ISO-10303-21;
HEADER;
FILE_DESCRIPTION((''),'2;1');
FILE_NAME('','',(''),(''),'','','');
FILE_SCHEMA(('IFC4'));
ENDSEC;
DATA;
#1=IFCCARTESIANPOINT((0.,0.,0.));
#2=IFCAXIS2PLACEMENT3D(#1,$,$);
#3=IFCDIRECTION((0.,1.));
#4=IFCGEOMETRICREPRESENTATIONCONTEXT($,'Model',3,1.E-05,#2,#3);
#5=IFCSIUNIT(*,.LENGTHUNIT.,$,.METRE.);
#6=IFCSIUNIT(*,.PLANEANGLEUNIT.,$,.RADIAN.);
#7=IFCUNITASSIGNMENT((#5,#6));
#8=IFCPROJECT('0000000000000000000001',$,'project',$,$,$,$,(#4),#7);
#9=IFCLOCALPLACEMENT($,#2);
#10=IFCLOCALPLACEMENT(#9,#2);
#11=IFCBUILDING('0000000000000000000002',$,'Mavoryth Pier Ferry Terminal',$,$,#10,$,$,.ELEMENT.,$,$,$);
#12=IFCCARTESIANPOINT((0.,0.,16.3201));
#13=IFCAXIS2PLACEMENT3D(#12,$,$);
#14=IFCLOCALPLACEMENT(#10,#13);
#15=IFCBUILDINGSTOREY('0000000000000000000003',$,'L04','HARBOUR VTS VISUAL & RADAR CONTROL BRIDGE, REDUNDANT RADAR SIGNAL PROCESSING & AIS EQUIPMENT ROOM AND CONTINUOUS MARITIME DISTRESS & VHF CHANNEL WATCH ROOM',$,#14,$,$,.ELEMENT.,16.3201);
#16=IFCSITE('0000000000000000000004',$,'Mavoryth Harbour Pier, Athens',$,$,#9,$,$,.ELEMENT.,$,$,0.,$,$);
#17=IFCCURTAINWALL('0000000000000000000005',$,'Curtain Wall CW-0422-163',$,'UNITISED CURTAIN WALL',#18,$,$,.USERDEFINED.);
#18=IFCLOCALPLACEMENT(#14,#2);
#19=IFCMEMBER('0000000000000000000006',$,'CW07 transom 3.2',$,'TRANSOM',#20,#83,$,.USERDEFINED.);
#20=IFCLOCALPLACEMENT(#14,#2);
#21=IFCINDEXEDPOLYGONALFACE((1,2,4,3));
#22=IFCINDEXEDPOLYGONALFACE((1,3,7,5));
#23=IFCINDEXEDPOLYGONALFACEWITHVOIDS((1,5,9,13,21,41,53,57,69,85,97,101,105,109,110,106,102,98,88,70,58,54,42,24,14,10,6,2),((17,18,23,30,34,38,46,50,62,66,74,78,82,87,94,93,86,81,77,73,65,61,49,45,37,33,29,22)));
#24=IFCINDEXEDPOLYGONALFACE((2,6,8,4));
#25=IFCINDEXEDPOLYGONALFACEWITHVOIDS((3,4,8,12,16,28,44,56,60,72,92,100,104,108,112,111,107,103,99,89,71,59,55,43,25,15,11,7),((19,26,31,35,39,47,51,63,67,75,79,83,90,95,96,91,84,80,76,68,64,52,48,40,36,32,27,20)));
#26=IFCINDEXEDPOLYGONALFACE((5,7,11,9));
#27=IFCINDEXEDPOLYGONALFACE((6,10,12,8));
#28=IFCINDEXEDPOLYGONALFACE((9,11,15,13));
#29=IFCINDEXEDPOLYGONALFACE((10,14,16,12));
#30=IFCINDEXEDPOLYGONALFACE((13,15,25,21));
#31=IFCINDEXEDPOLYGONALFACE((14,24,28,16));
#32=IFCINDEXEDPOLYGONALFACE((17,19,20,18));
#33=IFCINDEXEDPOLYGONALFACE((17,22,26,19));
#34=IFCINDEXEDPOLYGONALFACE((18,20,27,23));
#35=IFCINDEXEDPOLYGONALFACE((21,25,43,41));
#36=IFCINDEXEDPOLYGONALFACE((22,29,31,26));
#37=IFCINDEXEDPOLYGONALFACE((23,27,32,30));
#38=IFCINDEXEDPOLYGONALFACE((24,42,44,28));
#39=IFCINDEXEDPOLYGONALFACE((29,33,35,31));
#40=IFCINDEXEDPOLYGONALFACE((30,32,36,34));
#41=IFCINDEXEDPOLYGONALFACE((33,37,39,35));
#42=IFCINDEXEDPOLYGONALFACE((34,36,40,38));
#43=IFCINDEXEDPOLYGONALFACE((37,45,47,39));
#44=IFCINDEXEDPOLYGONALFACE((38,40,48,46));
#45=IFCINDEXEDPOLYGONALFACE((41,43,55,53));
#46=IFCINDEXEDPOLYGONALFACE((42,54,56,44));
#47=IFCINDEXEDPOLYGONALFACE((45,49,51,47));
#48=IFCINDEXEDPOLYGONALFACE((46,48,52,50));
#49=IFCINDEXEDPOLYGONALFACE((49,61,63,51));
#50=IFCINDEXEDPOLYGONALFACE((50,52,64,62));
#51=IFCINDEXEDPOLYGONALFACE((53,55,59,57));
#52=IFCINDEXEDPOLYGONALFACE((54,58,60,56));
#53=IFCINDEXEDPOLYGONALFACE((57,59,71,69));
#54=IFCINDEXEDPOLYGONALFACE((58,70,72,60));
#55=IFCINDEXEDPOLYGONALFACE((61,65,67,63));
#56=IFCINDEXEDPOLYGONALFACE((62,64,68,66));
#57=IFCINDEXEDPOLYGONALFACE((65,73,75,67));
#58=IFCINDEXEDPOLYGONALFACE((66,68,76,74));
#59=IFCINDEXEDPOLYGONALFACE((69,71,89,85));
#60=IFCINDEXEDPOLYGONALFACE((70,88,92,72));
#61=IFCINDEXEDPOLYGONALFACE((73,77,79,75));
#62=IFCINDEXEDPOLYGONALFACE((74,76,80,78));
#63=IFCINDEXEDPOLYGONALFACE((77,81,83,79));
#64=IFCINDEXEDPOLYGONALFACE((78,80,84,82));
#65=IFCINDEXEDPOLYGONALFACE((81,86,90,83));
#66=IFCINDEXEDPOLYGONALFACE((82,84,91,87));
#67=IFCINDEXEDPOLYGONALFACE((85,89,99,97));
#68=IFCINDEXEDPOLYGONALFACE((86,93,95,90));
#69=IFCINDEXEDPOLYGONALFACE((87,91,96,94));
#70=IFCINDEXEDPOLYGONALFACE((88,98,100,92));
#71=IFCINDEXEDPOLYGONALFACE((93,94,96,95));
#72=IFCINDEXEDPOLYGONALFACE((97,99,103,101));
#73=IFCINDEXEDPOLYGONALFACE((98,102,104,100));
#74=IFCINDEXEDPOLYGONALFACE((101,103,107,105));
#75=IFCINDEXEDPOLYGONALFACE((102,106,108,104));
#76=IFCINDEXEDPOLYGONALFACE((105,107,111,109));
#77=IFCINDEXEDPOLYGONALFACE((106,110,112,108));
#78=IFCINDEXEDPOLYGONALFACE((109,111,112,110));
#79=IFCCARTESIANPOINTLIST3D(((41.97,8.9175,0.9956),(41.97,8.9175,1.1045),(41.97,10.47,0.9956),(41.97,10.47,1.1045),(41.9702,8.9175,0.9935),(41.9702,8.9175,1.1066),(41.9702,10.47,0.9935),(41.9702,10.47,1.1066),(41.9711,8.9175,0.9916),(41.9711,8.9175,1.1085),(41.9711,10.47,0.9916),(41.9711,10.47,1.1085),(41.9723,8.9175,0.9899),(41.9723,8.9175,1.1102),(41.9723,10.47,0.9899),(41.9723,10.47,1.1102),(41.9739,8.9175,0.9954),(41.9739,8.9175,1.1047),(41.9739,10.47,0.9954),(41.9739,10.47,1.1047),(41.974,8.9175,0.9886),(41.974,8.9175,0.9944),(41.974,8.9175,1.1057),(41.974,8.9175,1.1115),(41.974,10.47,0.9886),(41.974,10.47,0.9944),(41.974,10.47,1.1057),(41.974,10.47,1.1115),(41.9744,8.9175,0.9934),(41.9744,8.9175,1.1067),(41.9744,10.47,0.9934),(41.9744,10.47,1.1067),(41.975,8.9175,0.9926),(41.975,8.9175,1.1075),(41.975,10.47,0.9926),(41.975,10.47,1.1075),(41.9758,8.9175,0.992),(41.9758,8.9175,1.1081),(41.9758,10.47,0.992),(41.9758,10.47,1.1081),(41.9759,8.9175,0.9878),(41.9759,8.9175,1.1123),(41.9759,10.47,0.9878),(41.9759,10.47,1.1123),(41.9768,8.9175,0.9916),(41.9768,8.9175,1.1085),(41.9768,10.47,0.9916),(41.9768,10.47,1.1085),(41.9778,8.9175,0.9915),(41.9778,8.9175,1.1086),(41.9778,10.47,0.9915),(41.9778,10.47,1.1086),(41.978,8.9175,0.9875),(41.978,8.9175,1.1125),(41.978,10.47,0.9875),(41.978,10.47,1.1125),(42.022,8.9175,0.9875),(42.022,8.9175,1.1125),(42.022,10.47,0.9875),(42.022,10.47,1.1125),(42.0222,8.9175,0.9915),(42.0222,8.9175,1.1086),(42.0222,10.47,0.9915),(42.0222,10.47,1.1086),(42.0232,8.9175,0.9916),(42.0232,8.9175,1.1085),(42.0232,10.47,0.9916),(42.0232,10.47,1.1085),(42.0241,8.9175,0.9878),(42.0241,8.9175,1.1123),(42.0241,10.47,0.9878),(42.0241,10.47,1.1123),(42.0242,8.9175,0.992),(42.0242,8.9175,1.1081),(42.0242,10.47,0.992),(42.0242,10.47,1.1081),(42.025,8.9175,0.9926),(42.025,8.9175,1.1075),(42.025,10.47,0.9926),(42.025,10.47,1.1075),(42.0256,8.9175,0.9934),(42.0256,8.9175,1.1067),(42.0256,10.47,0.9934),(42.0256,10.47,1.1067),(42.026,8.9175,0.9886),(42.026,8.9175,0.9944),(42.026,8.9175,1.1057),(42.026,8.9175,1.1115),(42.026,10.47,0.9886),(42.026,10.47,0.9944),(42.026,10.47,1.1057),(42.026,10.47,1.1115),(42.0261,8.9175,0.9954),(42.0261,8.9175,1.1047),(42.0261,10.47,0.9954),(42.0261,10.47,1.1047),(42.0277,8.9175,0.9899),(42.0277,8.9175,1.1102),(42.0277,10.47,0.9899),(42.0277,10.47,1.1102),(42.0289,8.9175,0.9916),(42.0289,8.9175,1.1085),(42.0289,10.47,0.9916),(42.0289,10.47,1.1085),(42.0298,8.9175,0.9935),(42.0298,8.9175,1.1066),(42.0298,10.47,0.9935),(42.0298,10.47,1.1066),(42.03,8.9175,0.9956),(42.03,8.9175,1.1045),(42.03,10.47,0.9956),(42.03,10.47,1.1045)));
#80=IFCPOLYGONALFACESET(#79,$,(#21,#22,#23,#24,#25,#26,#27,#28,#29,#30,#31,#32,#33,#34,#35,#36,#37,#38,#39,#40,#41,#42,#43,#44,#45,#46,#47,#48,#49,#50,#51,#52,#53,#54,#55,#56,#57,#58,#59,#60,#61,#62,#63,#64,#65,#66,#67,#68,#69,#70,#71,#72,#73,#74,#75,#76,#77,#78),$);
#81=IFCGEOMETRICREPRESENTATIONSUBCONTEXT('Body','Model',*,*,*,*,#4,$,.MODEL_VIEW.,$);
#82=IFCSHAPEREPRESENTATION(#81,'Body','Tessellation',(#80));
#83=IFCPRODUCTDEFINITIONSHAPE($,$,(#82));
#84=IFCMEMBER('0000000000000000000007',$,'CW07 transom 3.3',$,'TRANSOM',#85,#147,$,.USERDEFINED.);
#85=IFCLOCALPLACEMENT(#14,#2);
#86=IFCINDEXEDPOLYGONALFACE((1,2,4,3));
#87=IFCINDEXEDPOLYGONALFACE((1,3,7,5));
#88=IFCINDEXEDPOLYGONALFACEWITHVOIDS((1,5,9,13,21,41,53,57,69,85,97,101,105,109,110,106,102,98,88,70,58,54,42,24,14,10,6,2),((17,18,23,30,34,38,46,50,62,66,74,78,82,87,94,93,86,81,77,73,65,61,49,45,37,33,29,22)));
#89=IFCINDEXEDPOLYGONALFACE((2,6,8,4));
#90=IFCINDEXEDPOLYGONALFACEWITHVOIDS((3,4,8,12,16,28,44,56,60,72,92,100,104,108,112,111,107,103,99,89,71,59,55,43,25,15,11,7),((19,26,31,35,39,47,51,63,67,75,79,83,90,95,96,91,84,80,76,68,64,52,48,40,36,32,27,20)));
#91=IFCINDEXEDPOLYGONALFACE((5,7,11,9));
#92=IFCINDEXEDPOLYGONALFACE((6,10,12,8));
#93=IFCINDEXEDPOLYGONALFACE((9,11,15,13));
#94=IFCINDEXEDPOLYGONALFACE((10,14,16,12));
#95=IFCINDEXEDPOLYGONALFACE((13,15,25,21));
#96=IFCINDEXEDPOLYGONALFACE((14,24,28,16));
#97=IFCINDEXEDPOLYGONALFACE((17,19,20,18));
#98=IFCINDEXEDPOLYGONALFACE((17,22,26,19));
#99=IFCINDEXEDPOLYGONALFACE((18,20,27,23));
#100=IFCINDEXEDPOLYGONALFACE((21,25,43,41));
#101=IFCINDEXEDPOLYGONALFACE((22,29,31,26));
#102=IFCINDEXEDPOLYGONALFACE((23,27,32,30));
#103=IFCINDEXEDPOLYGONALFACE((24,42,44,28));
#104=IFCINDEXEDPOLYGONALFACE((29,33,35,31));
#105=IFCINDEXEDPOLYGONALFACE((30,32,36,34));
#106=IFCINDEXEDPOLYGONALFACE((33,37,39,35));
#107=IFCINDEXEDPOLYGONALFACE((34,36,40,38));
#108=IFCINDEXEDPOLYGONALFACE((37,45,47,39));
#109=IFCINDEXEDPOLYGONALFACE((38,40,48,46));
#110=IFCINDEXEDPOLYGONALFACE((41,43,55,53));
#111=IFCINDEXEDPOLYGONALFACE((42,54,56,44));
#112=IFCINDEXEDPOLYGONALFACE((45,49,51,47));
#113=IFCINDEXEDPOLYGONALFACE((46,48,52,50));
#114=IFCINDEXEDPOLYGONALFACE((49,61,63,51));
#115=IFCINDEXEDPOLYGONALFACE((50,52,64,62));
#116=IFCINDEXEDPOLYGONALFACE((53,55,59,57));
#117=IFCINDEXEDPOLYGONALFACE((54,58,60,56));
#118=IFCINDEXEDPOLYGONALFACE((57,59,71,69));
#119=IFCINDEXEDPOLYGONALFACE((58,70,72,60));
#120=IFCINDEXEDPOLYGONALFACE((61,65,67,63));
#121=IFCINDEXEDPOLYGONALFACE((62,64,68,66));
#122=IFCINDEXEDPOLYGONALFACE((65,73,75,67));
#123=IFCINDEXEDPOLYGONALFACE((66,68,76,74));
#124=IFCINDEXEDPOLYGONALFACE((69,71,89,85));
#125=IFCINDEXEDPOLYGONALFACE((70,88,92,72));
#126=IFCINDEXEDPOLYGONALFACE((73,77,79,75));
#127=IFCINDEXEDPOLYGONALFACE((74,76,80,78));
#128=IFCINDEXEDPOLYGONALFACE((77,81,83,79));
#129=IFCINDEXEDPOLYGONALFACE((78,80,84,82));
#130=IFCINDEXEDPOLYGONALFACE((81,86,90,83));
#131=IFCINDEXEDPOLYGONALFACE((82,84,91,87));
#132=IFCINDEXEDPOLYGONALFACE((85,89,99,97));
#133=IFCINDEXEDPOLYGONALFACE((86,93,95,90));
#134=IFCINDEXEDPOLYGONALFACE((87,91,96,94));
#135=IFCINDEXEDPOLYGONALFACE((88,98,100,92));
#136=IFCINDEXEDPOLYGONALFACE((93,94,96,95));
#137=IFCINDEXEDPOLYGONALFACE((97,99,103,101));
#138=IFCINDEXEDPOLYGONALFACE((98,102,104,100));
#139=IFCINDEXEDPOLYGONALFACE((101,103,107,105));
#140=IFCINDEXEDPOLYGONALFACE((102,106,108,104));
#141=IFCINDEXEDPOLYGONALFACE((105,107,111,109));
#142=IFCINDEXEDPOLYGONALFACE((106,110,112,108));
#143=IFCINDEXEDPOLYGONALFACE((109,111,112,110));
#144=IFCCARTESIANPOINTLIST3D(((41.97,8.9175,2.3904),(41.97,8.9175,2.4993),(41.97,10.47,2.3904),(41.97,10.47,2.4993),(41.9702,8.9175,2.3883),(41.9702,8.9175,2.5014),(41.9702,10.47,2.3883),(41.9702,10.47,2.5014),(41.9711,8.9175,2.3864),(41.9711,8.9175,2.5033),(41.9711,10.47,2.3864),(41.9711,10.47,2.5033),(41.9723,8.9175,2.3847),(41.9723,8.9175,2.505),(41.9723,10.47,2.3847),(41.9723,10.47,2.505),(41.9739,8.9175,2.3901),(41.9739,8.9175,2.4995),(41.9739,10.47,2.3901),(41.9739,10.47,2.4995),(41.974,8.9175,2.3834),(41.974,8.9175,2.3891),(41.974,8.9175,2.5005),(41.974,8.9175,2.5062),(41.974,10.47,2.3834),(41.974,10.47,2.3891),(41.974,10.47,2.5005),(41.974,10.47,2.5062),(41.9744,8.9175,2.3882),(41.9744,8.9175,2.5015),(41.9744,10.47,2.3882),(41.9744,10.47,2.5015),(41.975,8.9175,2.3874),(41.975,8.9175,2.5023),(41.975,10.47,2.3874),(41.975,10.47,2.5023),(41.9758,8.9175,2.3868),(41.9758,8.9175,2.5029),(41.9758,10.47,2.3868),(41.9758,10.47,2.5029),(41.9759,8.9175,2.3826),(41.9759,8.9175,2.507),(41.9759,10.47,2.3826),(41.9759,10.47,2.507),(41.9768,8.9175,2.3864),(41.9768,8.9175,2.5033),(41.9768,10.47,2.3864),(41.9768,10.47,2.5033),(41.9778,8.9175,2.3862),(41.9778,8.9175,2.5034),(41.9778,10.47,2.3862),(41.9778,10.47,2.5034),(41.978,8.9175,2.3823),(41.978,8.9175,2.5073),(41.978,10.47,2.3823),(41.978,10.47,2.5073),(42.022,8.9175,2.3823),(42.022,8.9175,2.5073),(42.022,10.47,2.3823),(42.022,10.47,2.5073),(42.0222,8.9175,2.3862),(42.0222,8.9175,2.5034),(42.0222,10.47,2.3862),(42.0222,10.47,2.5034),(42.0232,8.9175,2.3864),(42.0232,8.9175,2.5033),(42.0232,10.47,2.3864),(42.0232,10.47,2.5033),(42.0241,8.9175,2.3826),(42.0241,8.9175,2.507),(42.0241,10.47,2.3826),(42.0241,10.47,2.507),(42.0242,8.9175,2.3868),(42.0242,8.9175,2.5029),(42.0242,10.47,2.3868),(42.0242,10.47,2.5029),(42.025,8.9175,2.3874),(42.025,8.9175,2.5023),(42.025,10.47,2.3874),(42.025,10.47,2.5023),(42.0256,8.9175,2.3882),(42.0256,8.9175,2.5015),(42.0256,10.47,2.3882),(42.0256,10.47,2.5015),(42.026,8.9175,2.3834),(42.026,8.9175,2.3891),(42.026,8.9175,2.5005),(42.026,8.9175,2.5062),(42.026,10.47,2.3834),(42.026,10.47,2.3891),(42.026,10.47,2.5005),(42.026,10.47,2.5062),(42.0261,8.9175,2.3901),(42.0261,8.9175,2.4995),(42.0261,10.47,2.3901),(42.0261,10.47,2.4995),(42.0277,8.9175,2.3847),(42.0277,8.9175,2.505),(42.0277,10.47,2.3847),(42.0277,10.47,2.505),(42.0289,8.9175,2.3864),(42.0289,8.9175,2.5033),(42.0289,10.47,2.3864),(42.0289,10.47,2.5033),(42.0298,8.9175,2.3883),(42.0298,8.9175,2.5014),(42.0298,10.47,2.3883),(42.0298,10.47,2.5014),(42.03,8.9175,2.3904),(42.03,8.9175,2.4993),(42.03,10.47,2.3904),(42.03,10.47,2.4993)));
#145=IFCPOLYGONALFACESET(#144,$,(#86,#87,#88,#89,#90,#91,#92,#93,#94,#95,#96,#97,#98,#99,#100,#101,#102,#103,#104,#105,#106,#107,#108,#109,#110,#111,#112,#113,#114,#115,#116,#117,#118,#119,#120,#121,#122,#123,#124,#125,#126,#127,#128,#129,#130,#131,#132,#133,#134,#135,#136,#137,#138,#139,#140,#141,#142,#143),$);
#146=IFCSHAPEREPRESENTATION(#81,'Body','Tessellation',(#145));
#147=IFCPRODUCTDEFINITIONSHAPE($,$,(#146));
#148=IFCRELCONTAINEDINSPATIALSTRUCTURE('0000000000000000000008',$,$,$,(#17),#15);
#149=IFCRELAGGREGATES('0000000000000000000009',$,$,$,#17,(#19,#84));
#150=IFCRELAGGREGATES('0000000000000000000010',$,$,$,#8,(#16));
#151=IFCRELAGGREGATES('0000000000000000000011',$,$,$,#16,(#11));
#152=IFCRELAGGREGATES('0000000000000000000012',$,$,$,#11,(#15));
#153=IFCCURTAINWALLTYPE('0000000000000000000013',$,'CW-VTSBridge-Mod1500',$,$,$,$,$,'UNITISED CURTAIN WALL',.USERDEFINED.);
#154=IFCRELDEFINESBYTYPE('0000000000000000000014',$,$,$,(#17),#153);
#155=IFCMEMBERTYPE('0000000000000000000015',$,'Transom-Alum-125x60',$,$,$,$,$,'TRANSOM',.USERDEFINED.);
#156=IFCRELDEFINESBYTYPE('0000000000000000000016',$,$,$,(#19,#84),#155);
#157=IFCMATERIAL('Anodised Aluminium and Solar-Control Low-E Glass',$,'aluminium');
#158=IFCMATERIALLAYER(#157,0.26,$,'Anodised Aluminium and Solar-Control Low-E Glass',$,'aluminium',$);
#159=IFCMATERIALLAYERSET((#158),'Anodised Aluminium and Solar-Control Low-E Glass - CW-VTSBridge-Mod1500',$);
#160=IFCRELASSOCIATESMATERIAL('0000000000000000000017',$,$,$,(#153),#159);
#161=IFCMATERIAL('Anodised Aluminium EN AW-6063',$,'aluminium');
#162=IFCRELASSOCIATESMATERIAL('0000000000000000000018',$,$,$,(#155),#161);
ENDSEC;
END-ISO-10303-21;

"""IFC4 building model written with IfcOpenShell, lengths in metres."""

from ifc_helpers import new_model, si_unit, direction, frame, origin, origin_2d, place, context, subcontext, project, spatial, hollow_rectangle, extrude, material, layer, layer_set, material_profile, profile_set, type_object, element, aggregate, save


model = new_model("IFC4")

# Units and contexts
model_context = context("Model", 3, precision=1e-05, world=origin(), true_north=direction((0.0, 1.0)))
body_context = subcontext(model_context, "Body", "Model", "MODEL_VIEW")
ifc_project = project(units=[si_unit("LENGTHUNIT", "METRE"), si_unit("PLANEANGLEUNIT", "RADIAN")], contexts=[model_context])

# Site, building, storey
site_placement = place(None, origin())
site = spatial("IfcSite", under=ifc_project, at=site_placement, Name="Mavoryth Harbour Pier, Athens", CompositionType="ELEMENT", RefElevation=0.0)
building_placement = place(site_placement, origin())
building = spatial("IfcBuilding", under=site, at=building_placement, Name="Mavoryth Pier Ferry Terminal", CompositionType="ELEMENT")
storey_placement = place(building_placement, frame((0.0, 0.0, 16.3201)))
storey = spatial("IfcBuildingStorey", under=building, at=storey_placement, Name="L04", Description="HARBOUR VTS VISUAL & RADAR CONTROL BRIDGE, REDUNDANT RADAR SIGNAL PROCESSING & AIS EQUIPMENT ROOM AND CONTINUOUS MARITIME DISTRESS & VHF CHANNEL WATCH ROOM", CompositionType="ELEMENT", Elevation=16.3201)

# Shared definitions
ifc_material_1 = material(Name="Anodised Aluminium and Solar-Control Low-E Glass", Category="aluminium")
ifc_layer_1 = layer(ifc_material_1, 0.26, Name="Anodised Aluminium and Solar-Control Low-E Glass", Category="aluminium")
ifc_layer_set_1 = layer_set([ifc_layer_1], Name="Anodised Aluminium and Solar-Control Low-E Glass - CW-VTSBridge-Mod1500")
curtain_wall_type = type_object("IfcCurtainWallType", Name="CW-VTSBridge-Mod1500", ElementType="UNITISED CURTAIN WALL", PredefinedType="USERDEFINED", material=ifc_layer_set_1)
ifc_material_2 = material(Name="Anodised Aluminium EN AW-6063", Category="aluminium")

# Curtain wall, members
curtain_wall_1_placement = place(storey_placement, origin())
curtain_wall_1 = element("IfcCurtainWall", 1, at=curtain_wall_1_placement, inside=storey, type_object=curtain_wall_type, Name="Curtain Wall CW-0422-163", ObjectType="UNITISED CURTAIN WALL", PredefinedType="USERDEFINED")
ifc_material_profile_1 = material_profile(ifc_material_2, hollow_rectangle(XDim=0.0601, YDim=0.125, WallThickness=0.0039, InnerFilletRadius=0.0039, OuterFilletRadius=0.0081, at=origin_2d()), Name="AL-TRAN 125x60x4", Category="aluminium")
ifc_profile_set_1 = profile_set([ifc_material_profile_1], Name="Anodised Aluminium EN AW-6063 - AL-TRAN 125x60x4")
member_type_1 = type_object("IfcMemberType", Name="Transom-Alum-125x60", ElementType="TRANSOM", PredefinedType="USERDEFINED", material=ifc_profile_set_1)
member_1_placement = place(storey_placement, frame((42.0, 10.47, 1.05), z_axis=(0.0, -1.0, 0.0), x_axis=(1.0, 0.0, 0.0)))
member_1 = element("IfcMember", 2, at=member_1_placement, type_object=member_type_1, Name="CW07 transom 3.2", ObjectType="TRANSOM", PredefinedType="USERDEFINED", context=body_context, shape_type="SweptSolid", body=[
    extrude(hollow_rectangle(XDim=0.0601, YDim=0.125, WallThickness=0.0039, InnerFilletRadius=0.0039, OuterFilletRadius=0.0081, at=origin_2d()), origin(), (0.0, 0.0, 1.0), 1.5525),
])
member_2_placement = place(storey_placement, frame((42.0, 10.47, 2.4448), z_axis=(0.0, -1.0, 0.0), x_axis=(1.0, 0.0, 0.0)))
member_2 = element("IfcMember", 3, at=member_2_placement, type_object=member_type_1, Name="CW07 transom 3.3", ObjectType="TRANSOM", PredefinedType="USERDEFINED", context=body_context, shape_type="SweptSolid", body=[
    extrude(hollow_rectangle(XDim=0.0601, YDim=0.125, WallThickness=0.0039, InnerFilletRadius=0.0039, OuterFilletRadius=0.0081, at=origin_2d()), origin(), (0.0, 0.0, 1.0), 1.5525),
])
aggregate(curtain_wall_1, [member_1, member_2])

save(model, "model.ifc")
